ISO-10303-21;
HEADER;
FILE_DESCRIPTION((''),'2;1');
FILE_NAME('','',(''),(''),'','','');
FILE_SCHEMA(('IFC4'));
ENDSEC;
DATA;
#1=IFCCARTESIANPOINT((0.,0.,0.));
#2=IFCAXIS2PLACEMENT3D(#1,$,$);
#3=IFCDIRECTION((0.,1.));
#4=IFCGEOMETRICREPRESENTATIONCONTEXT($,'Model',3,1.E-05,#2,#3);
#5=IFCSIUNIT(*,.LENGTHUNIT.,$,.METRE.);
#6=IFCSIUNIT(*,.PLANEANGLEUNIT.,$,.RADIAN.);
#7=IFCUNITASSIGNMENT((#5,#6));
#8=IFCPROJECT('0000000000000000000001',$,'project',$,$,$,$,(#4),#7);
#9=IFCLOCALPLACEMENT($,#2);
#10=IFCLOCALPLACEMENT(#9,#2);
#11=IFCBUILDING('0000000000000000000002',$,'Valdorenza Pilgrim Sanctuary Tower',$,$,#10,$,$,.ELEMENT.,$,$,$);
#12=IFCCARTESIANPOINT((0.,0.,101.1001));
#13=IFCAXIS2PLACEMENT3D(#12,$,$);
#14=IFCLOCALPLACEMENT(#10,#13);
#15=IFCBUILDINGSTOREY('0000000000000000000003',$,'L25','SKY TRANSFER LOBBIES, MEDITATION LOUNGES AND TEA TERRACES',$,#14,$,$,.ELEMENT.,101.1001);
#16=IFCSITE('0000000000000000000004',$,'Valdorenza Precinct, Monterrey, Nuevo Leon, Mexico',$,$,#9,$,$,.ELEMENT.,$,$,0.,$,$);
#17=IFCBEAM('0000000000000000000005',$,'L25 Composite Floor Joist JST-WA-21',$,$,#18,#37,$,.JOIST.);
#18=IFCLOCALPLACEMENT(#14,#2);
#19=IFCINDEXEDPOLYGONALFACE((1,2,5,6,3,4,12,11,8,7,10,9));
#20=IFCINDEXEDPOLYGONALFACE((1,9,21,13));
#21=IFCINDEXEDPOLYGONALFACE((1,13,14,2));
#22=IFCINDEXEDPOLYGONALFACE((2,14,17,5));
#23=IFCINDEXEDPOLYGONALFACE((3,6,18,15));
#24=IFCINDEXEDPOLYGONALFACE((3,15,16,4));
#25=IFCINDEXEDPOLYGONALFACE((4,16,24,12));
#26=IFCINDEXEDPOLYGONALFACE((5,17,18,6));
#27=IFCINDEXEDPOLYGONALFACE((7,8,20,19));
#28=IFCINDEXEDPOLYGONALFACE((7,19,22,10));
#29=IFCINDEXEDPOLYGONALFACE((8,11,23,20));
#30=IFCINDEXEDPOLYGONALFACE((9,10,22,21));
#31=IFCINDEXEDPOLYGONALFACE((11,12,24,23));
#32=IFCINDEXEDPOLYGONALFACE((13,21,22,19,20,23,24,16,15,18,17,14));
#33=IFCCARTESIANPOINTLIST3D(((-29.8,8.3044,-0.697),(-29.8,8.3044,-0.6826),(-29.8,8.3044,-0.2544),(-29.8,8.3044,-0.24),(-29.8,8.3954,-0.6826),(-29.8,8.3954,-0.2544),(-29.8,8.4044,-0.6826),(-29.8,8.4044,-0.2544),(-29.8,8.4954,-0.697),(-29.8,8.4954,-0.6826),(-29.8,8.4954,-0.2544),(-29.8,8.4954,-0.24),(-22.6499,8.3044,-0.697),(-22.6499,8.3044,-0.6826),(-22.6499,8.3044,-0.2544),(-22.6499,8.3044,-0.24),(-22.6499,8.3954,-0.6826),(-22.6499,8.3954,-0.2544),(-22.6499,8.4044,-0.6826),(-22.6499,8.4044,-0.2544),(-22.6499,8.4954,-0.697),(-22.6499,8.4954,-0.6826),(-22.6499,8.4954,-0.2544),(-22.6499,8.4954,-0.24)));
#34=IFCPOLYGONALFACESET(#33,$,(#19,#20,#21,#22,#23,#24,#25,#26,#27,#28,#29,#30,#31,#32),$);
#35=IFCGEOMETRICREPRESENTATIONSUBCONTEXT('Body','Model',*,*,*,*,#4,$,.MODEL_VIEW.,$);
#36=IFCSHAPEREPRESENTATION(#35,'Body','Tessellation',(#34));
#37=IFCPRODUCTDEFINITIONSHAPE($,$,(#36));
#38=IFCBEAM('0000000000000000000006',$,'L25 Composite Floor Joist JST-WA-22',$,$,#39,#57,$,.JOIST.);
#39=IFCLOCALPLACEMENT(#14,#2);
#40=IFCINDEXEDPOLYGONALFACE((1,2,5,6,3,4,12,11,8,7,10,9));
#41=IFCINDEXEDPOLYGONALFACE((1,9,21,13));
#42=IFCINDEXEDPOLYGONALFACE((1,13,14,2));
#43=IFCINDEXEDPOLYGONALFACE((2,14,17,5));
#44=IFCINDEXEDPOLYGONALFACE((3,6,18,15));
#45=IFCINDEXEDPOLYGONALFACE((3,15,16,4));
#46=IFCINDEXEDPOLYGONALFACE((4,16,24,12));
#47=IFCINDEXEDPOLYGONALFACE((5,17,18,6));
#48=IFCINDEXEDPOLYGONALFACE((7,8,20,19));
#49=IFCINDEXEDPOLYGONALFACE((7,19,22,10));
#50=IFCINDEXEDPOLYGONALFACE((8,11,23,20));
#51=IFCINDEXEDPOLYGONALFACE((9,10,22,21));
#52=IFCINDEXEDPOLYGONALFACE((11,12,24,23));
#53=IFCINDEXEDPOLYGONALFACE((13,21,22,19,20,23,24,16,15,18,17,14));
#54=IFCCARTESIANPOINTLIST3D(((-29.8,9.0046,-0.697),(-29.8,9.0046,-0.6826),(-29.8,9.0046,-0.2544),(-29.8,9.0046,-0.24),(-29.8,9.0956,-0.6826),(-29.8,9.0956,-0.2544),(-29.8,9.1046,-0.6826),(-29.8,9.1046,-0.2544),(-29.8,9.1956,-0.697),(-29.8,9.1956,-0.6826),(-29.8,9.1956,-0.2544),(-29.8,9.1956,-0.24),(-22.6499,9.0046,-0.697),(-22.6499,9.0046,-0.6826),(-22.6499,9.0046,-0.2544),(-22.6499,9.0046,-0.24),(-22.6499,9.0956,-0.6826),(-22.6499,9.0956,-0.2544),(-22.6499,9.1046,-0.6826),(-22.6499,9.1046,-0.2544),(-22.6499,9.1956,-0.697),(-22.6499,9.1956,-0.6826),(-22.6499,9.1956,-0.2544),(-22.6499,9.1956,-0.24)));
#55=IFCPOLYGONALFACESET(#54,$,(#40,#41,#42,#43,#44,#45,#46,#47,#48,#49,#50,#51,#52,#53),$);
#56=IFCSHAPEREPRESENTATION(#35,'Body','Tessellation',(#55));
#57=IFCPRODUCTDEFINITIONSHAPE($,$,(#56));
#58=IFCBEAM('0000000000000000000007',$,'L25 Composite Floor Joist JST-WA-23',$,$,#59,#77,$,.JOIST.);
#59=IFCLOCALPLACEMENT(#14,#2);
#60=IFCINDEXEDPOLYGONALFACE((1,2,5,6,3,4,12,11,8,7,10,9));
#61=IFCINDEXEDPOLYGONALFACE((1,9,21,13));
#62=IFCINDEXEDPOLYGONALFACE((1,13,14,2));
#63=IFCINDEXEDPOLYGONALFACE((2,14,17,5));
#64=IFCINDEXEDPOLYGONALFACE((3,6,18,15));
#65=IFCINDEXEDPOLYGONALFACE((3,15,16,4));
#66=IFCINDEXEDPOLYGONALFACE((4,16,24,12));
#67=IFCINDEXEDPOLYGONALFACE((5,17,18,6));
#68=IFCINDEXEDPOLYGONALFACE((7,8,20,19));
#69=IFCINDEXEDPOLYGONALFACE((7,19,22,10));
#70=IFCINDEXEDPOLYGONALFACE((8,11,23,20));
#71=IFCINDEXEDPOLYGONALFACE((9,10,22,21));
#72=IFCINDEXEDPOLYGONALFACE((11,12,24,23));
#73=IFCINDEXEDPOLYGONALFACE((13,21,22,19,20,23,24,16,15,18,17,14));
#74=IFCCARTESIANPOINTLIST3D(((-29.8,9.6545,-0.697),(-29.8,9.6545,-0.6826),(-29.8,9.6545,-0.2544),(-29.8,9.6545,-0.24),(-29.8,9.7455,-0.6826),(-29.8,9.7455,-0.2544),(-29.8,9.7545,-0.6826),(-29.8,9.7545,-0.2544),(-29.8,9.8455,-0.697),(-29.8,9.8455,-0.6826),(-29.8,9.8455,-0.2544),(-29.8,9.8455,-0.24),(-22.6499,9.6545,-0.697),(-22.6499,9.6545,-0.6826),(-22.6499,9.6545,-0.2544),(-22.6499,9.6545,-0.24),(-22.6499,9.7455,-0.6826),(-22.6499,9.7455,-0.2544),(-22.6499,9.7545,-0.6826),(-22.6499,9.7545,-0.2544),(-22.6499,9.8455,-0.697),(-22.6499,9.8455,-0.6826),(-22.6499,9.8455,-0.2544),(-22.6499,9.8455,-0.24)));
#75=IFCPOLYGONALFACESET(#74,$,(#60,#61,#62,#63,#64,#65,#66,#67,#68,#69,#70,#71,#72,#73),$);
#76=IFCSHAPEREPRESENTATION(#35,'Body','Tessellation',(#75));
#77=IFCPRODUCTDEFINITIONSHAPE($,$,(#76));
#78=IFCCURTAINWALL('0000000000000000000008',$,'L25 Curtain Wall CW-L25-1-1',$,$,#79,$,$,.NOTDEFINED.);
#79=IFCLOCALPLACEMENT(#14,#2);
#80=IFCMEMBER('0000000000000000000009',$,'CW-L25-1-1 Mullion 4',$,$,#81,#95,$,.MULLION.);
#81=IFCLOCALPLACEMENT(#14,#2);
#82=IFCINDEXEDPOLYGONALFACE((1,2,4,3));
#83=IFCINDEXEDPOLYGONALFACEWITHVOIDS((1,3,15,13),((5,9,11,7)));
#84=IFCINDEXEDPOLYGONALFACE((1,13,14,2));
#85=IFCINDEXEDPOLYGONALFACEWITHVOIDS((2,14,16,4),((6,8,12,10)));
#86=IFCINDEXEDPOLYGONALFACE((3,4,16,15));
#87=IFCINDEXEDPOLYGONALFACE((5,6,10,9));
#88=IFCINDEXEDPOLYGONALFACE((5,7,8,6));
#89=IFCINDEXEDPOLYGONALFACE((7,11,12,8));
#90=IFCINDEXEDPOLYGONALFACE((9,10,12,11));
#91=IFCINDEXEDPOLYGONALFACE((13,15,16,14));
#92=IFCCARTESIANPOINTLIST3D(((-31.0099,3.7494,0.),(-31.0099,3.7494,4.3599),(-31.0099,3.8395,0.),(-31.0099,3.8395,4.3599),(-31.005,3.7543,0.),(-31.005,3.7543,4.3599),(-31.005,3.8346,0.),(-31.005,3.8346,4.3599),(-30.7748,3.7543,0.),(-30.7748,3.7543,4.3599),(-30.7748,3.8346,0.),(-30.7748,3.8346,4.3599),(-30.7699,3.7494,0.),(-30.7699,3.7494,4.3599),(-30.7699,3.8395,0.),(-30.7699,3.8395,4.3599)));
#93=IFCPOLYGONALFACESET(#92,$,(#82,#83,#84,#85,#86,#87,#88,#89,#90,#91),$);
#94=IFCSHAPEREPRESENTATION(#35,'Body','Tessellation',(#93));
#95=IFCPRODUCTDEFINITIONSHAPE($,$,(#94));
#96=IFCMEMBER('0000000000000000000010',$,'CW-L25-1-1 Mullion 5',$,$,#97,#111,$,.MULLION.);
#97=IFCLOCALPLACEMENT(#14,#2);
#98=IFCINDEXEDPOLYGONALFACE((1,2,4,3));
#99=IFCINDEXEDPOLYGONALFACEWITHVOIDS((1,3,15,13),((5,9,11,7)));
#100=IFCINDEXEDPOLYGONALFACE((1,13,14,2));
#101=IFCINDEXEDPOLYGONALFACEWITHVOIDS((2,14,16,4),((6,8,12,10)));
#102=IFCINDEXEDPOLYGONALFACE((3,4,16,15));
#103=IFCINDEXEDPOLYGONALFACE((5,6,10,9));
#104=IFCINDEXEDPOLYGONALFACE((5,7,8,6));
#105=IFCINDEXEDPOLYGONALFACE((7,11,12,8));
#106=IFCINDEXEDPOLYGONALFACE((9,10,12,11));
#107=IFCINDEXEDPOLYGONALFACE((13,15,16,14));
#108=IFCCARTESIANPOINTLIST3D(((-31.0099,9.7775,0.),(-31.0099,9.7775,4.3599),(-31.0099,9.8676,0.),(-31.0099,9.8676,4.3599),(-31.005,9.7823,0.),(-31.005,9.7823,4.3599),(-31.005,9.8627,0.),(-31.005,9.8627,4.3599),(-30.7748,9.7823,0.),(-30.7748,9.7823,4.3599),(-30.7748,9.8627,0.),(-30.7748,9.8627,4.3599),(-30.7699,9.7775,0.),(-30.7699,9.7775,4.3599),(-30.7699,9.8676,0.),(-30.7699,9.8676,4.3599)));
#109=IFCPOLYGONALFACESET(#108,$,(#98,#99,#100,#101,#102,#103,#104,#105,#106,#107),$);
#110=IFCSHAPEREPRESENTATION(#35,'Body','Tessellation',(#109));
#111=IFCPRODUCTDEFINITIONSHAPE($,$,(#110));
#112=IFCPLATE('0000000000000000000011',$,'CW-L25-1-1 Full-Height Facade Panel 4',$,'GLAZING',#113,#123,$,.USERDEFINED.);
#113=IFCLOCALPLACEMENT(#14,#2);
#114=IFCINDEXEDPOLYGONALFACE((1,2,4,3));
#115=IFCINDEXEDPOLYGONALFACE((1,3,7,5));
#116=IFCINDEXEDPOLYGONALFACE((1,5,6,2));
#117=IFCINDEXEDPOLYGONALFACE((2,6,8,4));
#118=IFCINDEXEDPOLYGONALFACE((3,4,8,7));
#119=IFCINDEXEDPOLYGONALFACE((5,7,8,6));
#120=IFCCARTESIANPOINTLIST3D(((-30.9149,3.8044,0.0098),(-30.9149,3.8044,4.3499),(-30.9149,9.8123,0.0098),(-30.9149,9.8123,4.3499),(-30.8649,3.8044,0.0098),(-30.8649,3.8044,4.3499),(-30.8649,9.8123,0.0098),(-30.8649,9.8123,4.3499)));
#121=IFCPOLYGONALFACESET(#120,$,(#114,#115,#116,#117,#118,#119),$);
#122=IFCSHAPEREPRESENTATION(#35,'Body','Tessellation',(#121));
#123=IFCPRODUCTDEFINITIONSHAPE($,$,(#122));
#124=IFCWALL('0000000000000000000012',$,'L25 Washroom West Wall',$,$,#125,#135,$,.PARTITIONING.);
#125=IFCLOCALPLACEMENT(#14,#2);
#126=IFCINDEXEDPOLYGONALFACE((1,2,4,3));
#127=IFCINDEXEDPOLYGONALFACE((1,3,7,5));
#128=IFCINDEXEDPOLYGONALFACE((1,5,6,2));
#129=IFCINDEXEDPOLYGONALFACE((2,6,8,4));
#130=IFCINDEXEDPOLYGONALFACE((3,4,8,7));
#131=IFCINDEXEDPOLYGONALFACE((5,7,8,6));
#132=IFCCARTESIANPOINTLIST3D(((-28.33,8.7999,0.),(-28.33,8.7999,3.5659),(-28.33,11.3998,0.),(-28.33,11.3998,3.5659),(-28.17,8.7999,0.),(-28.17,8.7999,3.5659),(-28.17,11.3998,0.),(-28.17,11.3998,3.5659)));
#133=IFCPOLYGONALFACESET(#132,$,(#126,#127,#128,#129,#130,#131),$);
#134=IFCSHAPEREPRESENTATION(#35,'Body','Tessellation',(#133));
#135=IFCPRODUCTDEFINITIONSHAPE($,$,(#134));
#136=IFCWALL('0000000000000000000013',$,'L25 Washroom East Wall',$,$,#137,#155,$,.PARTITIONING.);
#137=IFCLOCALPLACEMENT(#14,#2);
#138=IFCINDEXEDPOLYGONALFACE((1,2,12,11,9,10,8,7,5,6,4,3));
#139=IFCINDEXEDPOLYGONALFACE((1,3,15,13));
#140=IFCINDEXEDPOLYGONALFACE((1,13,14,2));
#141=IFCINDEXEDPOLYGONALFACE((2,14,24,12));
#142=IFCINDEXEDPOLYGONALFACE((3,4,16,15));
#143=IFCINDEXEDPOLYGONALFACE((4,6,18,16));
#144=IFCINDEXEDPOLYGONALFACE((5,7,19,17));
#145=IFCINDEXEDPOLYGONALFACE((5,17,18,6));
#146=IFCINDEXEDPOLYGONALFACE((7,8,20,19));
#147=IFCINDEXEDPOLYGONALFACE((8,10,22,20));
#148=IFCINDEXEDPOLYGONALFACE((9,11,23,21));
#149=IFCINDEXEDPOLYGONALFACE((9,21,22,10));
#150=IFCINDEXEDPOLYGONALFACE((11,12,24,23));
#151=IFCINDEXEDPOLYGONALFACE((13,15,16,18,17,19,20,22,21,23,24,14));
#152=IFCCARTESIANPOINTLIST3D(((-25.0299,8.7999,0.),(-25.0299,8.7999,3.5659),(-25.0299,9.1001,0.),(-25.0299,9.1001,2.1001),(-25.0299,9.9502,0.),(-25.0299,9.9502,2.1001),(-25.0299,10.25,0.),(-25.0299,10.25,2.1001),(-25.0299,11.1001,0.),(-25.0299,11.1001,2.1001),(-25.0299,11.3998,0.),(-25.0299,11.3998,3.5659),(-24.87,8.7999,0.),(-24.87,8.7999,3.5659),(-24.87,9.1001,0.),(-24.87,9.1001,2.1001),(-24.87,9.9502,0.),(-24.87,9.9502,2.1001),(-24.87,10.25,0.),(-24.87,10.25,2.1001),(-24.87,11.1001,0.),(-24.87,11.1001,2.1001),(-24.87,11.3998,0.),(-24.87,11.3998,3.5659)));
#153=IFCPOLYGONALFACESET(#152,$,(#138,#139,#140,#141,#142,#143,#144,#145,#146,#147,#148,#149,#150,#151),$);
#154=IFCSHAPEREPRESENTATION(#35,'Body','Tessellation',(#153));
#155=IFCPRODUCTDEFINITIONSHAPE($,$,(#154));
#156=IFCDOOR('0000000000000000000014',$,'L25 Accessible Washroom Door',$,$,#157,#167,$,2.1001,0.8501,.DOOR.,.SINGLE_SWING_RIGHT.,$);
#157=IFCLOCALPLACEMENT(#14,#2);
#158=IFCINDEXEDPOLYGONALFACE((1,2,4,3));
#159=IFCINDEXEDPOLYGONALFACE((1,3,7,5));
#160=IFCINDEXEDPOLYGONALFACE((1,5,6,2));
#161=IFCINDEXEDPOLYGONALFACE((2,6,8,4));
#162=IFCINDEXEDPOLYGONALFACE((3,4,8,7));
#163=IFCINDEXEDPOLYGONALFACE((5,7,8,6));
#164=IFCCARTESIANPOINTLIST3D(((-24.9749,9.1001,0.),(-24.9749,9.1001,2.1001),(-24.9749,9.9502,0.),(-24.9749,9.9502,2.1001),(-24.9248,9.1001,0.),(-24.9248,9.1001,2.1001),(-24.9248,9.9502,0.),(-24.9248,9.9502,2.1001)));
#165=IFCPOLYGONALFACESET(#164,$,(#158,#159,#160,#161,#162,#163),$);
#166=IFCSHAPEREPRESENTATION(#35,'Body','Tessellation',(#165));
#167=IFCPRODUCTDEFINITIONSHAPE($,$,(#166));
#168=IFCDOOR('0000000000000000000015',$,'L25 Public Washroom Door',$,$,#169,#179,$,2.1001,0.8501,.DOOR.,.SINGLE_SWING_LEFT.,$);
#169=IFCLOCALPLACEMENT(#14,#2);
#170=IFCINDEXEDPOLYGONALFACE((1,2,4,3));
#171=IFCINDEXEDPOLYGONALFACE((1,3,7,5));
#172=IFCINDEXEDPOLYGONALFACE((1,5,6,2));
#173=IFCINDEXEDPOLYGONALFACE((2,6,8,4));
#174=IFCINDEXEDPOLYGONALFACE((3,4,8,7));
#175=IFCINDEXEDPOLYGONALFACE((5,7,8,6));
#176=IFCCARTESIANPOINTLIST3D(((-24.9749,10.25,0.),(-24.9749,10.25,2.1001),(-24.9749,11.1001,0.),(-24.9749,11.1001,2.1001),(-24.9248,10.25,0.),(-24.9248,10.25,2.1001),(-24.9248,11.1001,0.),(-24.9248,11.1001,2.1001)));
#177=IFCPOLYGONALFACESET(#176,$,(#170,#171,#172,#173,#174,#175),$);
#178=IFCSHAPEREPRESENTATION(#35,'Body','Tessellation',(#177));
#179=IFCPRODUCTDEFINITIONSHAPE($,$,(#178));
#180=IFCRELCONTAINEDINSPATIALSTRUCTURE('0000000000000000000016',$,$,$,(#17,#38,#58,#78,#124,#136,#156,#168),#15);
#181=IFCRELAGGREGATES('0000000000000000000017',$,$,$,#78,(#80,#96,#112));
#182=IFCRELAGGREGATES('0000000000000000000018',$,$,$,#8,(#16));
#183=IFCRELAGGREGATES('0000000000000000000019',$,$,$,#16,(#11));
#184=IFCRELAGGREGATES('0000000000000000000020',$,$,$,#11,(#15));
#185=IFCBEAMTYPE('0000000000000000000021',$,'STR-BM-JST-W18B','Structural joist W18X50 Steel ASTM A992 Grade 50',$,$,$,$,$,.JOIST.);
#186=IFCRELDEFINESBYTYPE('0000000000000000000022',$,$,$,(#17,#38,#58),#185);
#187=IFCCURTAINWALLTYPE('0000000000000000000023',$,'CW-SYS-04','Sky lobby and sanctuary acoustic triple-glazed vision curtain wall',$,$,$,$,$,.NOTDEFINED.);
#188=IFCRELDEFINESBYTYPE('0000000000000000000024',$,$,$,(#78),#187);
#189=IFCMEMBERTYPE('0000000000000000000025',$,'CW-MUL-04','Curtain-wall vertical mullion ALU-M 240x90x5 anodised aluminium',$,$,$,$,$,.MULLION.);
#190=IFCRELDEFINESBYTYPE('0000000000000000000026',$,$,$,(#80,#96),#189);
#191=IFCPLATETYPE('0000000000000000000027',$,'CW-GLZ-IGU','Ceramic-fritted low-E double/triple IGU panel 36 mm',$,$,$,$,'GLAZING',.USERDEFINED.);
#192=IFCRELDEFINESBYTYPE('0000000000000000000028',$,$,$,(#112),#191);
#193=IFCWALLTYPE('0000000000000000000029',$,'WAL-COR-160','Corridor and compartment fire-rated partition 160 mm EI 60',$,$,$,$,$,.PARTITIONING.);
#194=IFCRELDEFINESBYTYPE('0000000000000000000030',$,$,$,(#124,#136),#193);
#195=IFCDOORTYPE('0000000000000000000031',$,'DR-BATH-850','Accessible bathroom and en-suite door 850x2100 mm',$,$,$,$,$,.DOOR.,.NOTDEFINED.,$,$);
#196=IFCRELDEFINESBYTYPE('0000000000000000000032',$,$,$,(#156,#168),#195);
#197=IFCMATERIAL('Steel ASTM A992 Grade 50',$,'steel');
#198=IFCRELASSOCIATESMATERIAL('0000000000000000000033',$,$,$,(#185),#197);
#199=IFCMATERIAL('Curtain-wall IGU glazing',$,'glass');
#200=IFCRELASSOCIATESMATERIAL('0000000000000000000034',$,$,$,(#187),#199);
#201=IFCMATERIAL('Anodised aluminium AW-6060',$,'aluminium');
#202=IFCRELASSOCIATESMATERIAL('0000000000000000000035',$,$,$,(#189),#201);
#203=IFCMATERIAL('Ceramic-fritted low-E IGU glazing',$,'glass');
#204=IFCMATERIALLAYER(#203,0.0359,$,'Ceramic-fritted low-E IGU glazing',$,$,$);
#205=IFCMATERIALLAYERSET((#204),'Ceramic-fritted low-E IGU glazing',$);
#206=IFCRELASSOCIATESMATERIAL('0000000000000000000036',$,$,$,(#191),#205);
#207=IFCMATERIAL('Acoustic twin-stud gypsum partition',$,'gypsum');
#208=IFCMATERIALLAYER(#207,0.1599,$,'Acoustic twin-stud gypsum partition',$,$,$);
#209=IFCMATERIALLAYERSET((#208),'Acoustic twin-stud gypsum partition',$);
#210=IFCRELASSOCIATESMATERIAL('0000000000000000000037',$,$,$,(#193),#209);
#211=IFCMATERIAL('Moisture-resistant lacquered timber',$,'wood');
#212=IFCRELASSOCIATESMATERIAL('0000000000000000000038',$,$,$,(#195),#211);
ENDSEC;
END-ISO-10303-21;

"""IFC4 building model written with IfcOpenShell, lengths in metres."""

from ifc_helpers import new_model, si_unit, direction, frame, frame_2d, origin, origin_2d, place, context, subcontext, project, spatial, rectangle, hollow_rectangle, i_section, extrude, source, transform, mapped, material, layer, layer_set, material_profile, profile_set, type_object, element, fill, aggregate, save


model = new_model("IFC4")

# Units and contexts
model_context = context("Model", 3, precision=1e-05, world=origin(), true_north=direction((0.0, 1.0)))
body_context = subcontext(model_context, "Body", "Model", "MODEL_VIEW")
ifc_project = project(units=[si_unit("LENGTHUNIT", "METRE"), si_unit("PLANEANGLEUNIT", "RADIAN")], contexts=[model_context])

# Site, building, storey
site_placement = place(None, origin())
site = spatial("IfcSite", under=ifc_project, at=site_placement, Name="Valdorenza Precinct, Monterrey, Nuevo Leon, Mexico", CompositionType="ELEMENT", RefElevation=0.0)
building_placement = place(site_placement, origin())
building = spatial("IfcBuilding", under=site, at=building_placement, Name="Valdorenza Pilgrim Sanctuary Tower", CompositionType="ELEMENT")
storey_placement = place(building_placement, frame((0.0, 0.0, 101.1001)))
storey = spatial("IfcBuildingStorey", under=building, at=storey_placement, Name="L25", Description="SKY TRANSFER LOBBIES, MEDITATION LOUNGES AND TEA TERRACES", CompositionType="ELEMENT", Elevation=101.1001)

# Beams
ifc_material_1 = material(Name="Steel ASTM A992 Grade 50", Category="steel")
ifc_material_profile_1 = material_profile(ifc_material_1, i_section(OverallWidth=0.1909, OverallDepth=0.457, WebThickness=0.009, FlangeThickness=0.0144, at=origin_2d()), Name="W18X50")
ifc_profile_set_1 = profile_set([ifc_material_profile_1], Name="Steel ASTM A992 Grade 50")
beam_type = type_object("IfcBeamType", Name="STR-BM-JST-W18B", Description="Structural joist W18X50 Steel ASTM A992 Grade 50", PredefinedType="JOIST", material=ifc_profile_set_1)
shared_shape_1 = source(origin(), body_context, "Body", "SweptSolid", [
    extrude(i_section(OverallWidth=0.1909, OverallDepth=0.457, WebThickness=0.009, FlangeThickness=0.0144, at=origin_2d()), origin(), (0.0, 0.0, 1.0), 7.1501),
])
for number, where, z_axis, x_axis, name in (
    (1, (-29.8, 8.3999, -0.4685), (1.0, 0.0, 0.0), (0.0, 1.0, 0.0), "L25 Composite Floor Joist JST-WA-21"),
    (2, (-29.8, 9.1001, -0.4685), (1.0, 0.0, 0.0), (0.0, 1.0, 0.0), "L25 Composite Floor Joist JST-WA-22"),
    (3, (-29.8, 9.75, -0.4685), (1.0, 0.0, 0.0), (0.0, 1.0, 0.0), "L25 Composite Floor Joist JST-WA-23"),
):
    element("IfcBeam", number, at=place(storey_placement, frame(where, z_axis=z_axis, x_axis=x_axis)), inside=storey, type_object=beam_type, Name=name, PredefinedType="JOIST", context=body_context, shape_type="MappedRepresentation", body=[
        mapped(shared_shape_1, transform((0.0, 0.0, 0.0), x_axis=(1.0, 0.0, 0.0), y_axis=(0.0, 1.0, 0.0), z_axis=(0.0, 0.0, 1.0), scale=1.0)),
    ])

# Curtain wall, members, plate
ifc_material_2 = material(Name="Curtain-wall IGU glazing", Category="glass")
curtain_wall_type = type_object("IfcCurtainWallType", Name="CW-SYS-04", Description="Sky lobby and sanctuary acoustic triple-glazed vision curtain wall", PredefinedType="NOTDEFINED", material=ifc_material_2)
curtain_wall_placement = place(storey_placement, origin())
curtain_wall = element("IfcCurtainWall", 4, at=curtain_wall_placement, inside=storey, type_object=curtain_wall_type, Name="L25 Curtain Wall CW-L25-1-1", PredefinedType="NOTDEFINED")
ifc_material_3 = material(Name="Anodised aluminium AW-6060", Category="aluminium")
ifc_material_profile_2 = material_profile(ifc_material_3, hollow_rectangle(XDim=0.0901, YDim=0.24, WallThickness=0.0049, at=origin_2d()), Name="ALU-M 240x90x5")
ifc_profile_set_2 = profile_set([ifc_material_profile_2], Name="Anodised aluminium AW-6060")
member_type = type_object("IfcMemberType", Name="CW-MUL-04", Description="Curtain-wall vertical mullion ALU-M 240x90x5 anodised aluminium", PredefinedType="MULLION", material=ifc_profile_set_2)
shared_shape_2 = source(origin(), body_context, "Body", "SweptSolid", [
    extrude(hollow_rectangle(XDim=0.0901, YDim=0.24, WallThickness=0.0049, at=origin_2d()), origin(), (0.0, 0.0, 1.0), 4.3599),
])
member_1_placement = place(storey_placement, frame((-30.8899, 3.7944, 0.0), z_axis=(0.0, 0.0, 1.0), x_axis=(0.0, 1.0, 0.0)))
member_1 = element("IfcMember", 5, at=member_1_placement, type_object=member_type, Name="CW-L25-1-1 Mullion 4", PredefinedType="MULLION", context=body_context, shape_type="MappedRepresentation", body=[
    mapped(shared_shape_2, transform((0.0, 0.0, 0.0), x_axis=(1.0, 0.0, 0.0), y_axis=(0.0, 1.0, 0.0), z_axis=(0.0, 0.0, 1.0), scale=1.0)),
])
member_2_placement = place(storey_placement, frame((-30.8899, 9.8225, 0.0), z_axis=(0.0, 0.0, 1.0), x_axis=(0.0, 1.0, 0.0)))
member_2 = element("IfcMember", 6, at=member_2_placement, type_object=member_type, Name="CW-L25-1-1 Mullion 5", PredefinedType="MULLION", context=body_context, shape_type="MappedRepresentation", body=[
    mapped(shared_shape_2, transform((0.0, 0.0, 0.0), x_axis=(1.0, 0.0, 0.0), y_axis=(0.0, 1.0, 0.0), z_axis=(0.0, 0.0, 1.0), scale=1.0)),
])
ifc_material_4 = material(Name="Ceramic-fritted low-E IGU glazing", Category="glass")
ifc_layer_1 = layer(ifc_material_4, 0.0359, Name="Ceramic-fritted low-E IGU glazing")
ifc_layer_set_1 = layer_set([ifc_layer_1], Name="Ceramic-fritted low-E IGU glazing")
plate_type = type_object("IfcPlateType", Name="CW-GLZ-IGU", Description="Ceramic-fritted low-E double/triple IGU panel 36 mm", ElementType="GLAZING", PredefinedType="USERDEFINED", material=ifc_layer_set_1)
shared_shape_3 = source(origin(), body_context, "Body", "SweptSolid", [
    extrude(rectangle(XDim=6.0078, YDim=0.05, at=origin_2d()), origin(), (0.0, 0.0, 1.0), 4.3401),
])
plate_placement = place(storey_placement, frame((-30.8899, 6.8083, 0.0098), z_axis=(0.0, 0.0, 1.0), x_axis=(0.0, 1.0, 0.0)))
plate = element("IfcPlate", 7, at=plate_placement, type_object=plate_type, Name="CW-L25-1-1 Full-Height Facade Panel 4", ObjectType="GLAZING", PredefinedType="USERDEFINED", context=body_context, shape_type="MappedRepresentation", body=[
    mapped(shared_shape_3, transform((0.0, 0.0, 0.0), x_axis=(1.0, 0.0, 0.0), y_axis=(0.0, 1.0, 0.0), z_axis=(0.0, 0.0, 1.0), scale=1.0)),
])
aggregate(curtain_wall, [member_1, member_2, plate])

# Wall
ifc_material_5 = material(Name="Acoustic twin-stud gypsum partition", Category="gypsum")
ifc_layer_2 = layer(ifc_material_5, 0.1599, Name="Acoustic twin-stud gypsum partition")
ifc_layer_set_2 = layer_set([ifc_layer_2], Name="Acoustic twin-stud gypsum partition")
wall_type_1 = type_object("IfcWallType", Name="WAL-COR-160", Description="Corridor and compartment fire-rated partition 160 mm EI 60", PredefinedType="PARTITIONING", material=ifc_layer_set_2)
wall_1_placement = place(storey_placement, frame((-28.25, 8.8, 0.0), z_axis=(0.0, 0.0, 1.0), x_axis=(0.0, 1.0, 0.0)))
element("IfcWall", 8, at=wall_1_placement, inside=storey, type_object=wall_type_1, Name="L25 Washroom West Wall", PredefinedType="PARTITIONING", context=body_context, shape_type="SweptSolid", body=[
    extrude(rectangle(XDim=2.5999, YDim=0.1599, at=frame_2d((1.2998, 0.0))), origin(), (0.0, 0.0, 1.0), 3.5659),
])

# Wall, openings, doors
wall_2_placement = place(storey_placement, frame((-24.95, 8.8, 0.0), z_axis=(0.0, 0.0, 1.0), x_axis=(0.0, 1.0, 0.0)))
wall_2 = element("IfcWall", 9, at=wall_2_placement, inside=storey, type_object=wall_type_1, Name="L25 Washroom East Wall", PredefinedType="PARTITIONING", context=body_context, shape_type="SweptSolid", body=[
    extrude(rectangle(XDim=2.5999, YDim=0.1599, at=frame_2d((1.2998, 0.0))), origin(), (0.0, 0.0, 1.0), 3.5659),
])
opening_1_placement = place(wall_2_placement, frame((0.3, 0.0, 0.0)))
opening_1 = element("IfcOpeningElement", 10, at=opening_1_placement, cuts=wall_2, PredefinedType="OPENING", context=body_context, shape_type="SweptSolid", body=[
    extrude(rectangle(XDim=0.8501, YDim=2.1001, at=frame_2d((0.425, 1.05))), frame((0.0, 0.0947, 0.0), z_axis=(0.0, -1.0, 0.0), x_axis=(1.0, 0.0, 0.0)), (0.0, 0.0, 1.0), 0.1897),
])
opening_2_placement = place(wall_2_placement, frame((1.45, 0.0, 0.0)))
opening_2 = element("IfcOpeningElement", 11, at=opening_2_placement, cuts=wall_2, PredefinedType="OPENING", context=body_context, shape_type="SweptSolid", body=[
    extrude(rectangle(XDim=0.8501, YDim=2.1001, at=frame_2d((0.425, 1.05))), frame((0.0, 0.0947, 0.0), z_axis=(0.0, -1.0, 0.0), x_axis=(1.0, 0.0, 0.0)), (0.0, 0.0, 1.0), 0.1897),
])
ifc_material_6 = material(Name="Moisture-resistant lacquered timber", Category="wood")
door_type_1 = type_object("IfcDoorType", Name="DR-BATH-850", Description="Accessible bathroom and en-suite door 850x2100 mm", OperationType="NOTDEFINED", PredefinedType="DOOR", material=ifc_material_6)
door_1_placement = place(opening_1_placement, origin())
door_1 = element("IfcDoor", 12, at=door_1_placement, inside=storey, type_object=door_type_1, Name="L25 Accessible Washroom Door", OperationType="SINGLE_SWING_RIGHT", OverallHeight=2.1001, OverallWidth=0.8501, PredefinedType="DOOR", context=body_context, shape_type="SweptSolid", body=[
    extrude(rectangle(XDim=0.8501, YDim=2.1001, at=frame_2d((0.425, 1.05))), frame((0.0, 0.0249, 0.0), z_axis=(0.0, -1.0, 0.0), x_axis=(1.0, 0.0, 0.0)), (0.0, 0.0, 1.0), 0.05),
])
fill(opening_1, door_1)
door_2_placement = place(opening_2_placement, origin())
door_2 = element("IfcDoor", 13, at=door_2_placement, inside=storey, type_object=door_type_1, Name="L25 Public Washroom Door", OperationType="SINGLE_SWING_LEFT", OverallHeight=2.1001, OverallWidth=0.8501, PredefinedType="DOOR", context=body_context, shape_type="SweptSolid", body=[
    extrude(rectangle(XDim=0.8501, YDim=2.1001, at=frame_2d((0.425, 1.05))), frame((0.0, 0.0249, 0.0), z_axis=(0.0, -1.0, 0.0), x_axis=(1.0, 0.0, 0.0)), (0.0, 0.0, 1.0), 0.05),
])
fill(opening_2, door_2)

save(model, "model.ifc")
